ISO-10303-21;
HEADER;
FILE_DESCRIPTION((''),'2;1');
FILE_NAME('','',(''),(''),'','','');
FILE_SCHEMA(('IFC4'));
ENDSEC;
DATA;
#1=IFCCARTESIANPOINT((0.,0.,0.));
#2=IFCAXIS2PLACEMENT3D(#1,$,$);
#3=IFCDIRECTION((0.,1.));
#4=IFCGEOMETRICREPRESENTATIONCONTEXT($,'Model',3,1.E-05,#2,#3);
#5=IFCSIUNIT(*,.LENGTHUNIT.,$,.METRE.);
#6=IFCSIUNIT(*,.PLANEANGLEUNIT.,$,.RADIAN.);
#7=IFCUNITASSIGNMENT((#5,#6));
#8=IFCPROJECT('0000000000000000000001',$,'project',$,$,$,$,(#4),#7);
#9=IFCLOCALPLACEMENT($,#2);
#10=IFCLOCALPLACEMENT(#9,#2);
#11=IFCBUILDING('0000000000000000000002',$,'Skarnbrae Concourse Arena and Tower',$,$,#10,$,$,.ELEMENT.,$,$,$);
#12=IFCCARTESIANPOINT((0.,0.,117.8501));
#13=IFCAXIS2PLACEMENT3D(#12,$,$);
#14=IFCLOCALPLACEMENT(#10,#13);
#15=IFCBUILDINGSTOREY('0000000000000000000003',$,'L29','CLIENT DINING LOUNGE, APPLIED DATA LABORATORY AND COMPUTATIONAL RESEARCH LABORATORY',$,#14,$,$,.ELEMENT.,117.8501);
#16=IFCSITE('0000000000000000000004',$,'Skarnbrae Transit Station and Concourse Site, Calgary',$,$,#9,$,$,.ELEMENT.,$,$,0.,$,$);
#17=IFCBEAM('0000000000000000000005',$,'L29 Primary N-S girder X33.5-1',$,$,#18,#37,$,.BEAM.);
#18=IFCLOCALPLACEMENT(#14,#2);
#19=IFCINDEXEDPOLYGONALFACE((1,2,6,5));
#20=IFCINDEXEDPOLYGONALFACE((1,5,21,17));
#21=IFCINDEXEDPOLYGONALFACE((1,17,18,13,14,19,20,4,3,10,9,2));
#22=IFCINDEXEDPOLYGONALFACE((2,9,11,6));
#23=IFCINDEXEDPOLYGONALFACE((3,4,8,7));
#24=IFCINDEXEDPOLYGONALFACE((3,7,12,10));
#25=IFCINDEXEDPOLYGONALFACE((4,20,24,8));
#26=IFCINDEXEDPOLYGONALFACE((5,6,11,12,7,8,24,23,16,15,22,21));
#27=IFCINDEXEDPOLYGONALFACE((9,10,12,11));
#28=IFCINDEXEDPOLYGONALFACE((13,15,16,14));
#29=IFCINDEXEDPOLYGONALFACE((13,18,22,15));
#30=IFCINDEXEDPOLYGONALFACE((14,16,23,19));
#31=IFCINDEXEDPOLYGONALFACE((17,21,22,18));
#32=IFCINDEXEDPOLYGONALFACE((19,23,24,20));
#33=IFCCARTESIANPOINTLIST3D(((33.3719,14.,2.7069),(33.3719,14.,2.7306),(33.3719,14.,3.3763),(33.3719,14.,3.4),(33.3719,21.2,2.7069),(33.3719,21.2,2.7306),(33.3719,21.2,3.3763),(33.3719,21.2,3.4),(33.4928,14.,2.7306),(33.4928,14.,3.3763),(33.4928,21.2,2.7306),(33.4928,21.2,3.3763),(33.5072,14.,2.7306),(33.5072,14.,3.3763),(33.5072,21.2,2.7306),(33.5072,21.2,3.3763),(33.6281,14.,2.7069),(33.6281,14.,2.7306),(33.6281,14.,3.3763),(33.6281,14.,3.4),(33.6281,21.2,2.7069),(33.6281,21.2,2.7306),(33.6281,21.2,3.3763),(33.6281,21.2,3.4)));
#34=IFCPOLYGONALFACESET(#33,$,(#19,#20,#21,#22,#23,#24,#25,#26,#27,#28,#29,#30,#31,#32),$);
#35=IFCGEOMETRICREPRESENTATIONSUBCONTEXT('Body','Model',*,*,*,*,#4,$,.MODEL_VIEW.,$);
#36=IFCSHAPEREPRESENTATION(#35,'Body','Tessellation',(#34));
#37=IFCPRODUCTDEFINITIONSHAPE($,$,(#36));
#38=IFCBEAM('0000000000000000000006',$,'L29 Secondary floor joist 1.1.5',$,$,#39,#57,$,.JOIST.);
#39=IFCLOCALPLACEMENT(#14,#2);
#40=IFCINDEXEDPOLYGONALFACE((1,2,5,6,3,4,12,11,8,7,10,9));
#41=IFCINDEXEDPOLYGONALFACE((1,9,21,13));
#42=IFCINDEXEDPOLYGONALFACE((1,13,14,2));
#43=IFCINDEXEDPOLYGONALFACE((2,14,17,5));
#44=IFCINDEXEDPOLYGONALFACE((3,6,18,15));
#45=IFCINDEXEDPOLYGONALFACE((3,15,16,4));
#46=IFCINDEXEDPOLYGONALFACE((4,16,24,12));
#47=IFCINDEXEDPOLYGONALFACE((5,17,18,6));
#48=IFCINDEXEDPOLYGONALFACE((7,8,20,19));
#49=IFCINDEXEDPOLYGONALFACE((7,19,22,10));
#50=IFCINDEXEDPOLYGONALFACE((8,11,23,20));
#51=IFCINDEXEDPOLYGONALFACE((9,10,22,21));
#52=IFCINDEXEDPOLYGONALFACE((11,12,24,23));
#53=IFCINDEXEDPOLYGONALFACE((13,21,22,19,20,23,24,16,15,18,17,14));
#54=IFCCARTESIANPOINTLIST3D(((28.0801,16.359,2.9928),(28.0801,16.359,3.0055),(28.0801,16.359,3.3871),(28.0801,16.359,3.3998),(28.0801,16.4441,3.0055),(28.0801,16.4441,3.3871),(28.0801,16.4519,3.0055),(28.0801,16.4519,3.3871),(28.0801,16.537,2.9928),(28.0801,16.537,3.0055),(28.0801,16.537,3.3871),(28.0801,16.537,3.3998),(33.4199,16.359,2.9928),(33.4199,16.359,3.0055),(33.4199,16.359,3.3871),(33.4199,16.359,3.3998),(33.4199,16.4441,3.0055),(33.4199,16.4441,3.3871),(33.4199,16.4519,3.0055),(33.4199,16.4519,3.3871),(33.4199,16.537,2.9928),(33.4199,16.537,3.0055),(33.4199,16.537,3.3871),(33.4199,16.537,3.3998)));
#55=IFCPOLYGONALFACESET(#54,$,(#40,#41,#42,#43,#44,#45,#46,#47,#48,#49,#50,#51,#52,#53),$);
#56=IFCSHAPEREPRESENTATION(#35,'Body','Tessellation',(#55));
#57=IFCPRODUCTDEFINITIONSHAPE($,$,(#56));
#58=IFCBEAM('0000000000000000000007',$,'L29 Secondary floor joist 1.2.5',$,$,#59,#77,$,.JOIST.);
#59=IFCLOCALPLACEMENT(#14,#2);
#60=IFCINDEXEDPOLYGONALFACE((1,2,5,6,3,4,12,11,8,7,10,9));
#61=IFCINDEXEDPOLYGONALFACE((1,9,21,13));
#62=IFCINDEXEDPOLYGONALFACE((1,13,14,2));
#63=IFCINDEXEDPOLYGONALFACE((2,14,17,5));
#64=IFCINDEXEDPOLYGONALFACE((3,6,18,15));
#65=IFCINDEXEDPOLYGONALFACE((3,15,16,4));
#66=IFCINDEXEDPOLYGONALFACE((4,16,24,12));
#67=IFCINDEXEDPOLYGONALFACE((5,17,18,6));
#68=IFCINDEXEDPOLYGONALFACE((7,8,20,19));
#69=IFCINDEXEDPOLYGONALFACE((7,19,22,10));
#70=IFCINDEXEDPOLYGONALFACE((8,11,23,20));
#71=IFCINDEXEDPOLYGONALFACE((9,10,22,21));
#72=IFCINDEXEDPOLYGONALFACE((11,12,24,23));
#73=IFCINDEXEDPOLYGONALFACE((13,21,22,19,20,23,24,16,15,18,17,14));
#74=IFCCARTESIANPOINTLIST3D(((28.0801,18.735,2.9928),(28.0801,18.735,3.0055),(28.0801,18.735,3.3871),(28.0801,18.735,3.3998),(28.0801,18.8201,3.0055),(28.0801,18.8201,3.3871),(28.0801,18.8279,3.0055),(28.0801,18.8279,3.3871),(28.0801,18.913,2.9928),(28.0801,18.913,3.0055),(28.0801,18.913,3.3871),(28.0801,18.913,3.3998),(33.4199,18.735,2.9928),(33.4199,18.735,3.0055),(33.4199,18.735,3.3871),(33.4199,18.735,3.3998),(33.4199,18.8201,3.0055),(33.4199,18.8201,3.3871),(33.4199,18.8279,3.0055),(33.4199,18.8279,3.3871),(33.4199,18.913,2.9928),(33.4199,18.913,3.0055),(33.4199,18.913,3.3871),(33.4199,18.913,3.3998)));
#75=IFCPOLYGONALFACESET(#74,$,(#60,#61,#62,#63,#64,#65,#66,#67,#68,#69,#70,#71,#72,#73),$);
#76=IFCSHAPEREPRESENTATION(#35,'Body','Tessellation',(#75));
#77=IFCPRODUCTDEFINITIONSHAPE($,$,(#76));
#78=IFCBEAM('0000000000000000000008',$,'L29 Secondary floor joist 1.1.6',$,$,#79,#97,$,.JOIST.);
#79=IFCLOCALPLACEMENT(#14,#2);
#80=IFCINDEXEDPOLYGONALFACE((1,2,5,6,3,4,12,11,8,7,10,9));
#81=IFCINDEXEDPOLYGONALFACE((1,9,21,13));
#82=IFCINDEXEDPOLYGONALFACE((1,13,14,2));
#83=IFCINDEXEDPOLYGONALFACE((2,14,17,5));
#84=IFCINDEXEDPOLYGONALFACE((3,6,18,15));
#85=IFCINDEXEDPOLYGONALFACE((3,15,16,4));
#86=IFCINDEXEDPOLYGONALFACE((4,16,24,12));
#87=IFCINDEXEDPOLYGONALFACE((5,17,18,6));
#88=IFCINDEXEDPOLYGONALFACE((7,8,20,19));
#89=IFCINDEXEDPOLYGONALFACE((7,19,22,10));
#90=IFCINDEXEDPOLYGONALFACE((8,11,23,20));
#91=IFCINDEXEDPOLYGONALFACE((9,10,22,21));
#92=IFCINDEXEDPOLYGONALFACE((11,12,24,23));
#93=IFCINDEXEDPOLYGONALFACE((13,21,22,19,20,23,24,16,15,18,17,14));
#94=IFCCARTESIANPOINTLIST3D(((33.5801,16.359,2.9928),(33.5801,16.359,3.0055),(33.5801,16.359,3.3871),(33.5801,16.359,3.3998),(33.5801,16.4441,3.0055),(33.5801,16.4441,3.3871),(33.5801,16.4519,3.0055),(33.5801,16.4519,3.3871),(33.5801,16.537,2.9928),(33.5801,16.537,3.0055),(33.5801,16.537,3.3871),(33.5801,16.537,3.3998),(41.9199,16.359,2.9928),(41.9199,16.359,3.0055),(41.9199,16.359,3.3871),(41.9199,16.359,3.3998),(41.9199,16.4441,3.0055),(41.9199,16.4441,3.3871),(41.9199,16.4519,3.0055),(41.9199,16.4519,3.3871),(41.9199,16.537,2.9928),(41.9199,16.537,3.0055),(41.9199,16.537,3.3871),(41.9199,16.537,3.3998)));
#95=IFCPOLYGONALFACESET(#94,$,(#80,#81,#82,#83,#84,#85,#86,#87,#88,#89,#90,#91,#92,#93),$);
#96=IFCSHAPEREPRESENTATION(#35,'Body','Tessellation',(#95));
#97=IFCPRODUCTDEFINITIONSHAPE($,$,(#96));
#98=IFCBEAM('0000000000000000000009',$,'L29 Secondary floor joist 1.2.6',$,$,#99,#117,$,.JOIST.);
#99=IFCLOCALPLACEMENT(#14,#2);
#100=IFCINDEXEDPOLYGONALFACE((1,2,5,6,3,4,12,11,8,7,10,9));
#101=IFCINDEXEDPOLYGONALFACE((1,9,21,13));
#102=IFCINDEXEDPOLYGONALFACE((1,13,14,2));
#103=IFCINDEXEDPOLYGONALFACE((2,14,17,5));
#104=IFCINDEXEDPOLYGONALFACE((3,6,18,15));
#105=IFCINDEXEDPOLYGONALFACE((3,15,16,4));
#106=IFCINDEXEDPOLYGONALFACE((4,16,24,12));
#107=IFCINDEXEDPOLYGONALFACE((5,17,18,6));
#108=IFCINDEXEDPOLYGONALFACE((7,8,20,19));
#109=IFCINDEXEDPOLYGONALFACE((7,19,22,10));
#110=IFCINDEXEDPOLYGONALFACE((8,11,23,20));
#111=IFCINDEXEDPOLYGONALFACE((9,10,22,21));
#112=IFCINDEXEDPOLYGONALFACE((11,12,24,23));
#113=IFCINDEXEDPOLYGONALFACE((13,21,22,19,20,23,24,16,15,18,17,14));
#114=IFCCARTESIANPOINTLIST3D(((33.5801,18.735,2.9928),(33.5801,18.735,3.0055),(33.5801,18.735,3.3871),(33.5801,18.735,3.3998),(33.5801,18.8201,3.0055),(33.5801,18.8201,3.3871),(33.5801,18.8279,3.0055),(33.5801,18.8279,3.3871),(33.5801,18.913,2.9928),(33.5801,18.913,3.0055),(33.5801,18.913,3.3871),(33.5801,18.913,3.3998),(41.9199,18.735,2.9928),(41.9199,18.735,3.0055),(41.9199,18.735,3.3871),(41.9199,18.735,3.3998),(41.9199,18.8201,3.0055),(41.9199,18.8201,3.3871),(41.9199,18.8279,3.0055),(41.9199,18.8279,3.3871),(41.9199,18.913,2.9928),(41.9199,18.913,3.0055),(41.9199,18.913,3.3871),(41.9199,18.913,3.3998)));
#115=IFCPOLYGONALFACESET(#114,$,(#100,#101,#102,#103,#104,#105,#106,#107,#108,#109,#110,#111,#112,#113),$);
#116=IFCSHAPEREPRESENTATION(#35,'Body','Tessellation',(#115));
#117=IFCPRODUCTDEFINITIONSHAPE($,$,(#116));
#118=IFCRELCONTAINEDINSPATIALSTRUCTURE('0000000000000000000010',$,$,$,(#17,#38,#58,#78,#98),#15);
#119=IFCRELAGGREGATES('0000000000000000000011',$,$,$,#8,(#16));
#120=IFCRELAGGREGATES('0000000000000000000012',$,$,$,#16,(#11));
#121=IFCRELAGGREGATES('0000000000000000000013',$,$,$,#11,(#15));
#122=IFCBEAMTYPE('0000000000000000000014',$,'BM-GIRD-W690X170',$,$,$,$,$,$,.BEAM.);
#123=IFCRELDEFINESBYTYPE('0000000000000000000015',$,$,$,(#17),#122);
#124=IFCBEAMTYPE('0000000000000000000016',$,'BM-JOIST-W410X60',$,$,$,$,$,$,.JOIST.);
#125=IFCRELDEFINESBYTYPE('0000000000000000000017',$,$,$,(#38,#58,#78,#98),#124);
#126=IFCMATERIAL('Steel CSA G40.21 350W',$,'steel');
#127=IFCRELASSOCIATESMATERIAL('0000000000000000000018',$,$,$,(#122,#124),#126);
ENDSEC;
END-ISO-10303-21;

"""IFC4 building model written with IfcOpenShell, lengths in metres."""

from ifc_helpers import new_model, si_unit, direction, frame, origin, origin_2d, place, context, subcontext, project, spatial, i_section, extrude, source, transform, mapped, material, material_profile, profile_set, type_object, element, save


model = new_model("IFC4")

# Units and contexts
model_context = context("Model", 3, precision=1e-05, world=origin(), true_north=direction((0.0, 1.0)))
body_context = subcontext(model_context, "Body", "Model", "MODEL_VIEW")
ifc_project = project(units=[si_unit("LENGTHUNIT", "METRE"), si_unit("PLANEANGLEUNIT", "RADIAN")], contexts=[model_context])

# Site, building, storey
site_placement = place(None, origin())
site = spatial("IfcSite", under=ifc_project, at=site_placement, Name="Skarnbrae Transit Station and Concourse Site, Calgary", CompositionType="ELEMENT", RefElevation=0.0)
building_placement = place(site_placement, origin())
building = spatial("IfcBuilding", under=site, at=building_placement, Name="Skarnbrae Concourse Arena and Tower", CompositionType="ELEMENT")
storey_placement = place(building_placement, frame((0.0, 0.0, 117.8501)))
storey = spatial("IfcBuildingStorey", under=building, at=storey_placement, Name="L29", Description="CLIENT DINING LOUNGE, APPLIED DATA LABORATORY AND COMPUTATIONAL RESEARCH LABORATORY", CompositionType="ELEMENT", Elevation=117.8501)

# Shared definitions
ifc_material_1 = material(Name="Steel CSA G40.21 350W", Category="steel")

# Beams
ifc_material_profile_1 = material_profile(ifc_material_1, i_section(OverallWidth=0.2561, OverallDepth=0.6931, WebThickness=0.0144, FlangeThickness=0.0237, at=origin_2d()), Name="W690X170")
ifc_profile_set_1 = profile_set([ifc_material_profile_1], Name="Steel CSA G40.21 350W")
beam_type_1 = type_object("IfcBeamType", Name="BM-GIRD-W690X170", PredefinedType="BEAM", material=ifc_profile_set_1)
shared_shape_1 = source(origin(), body_context, "Body", "SweptSolid", [
    extrude(i_section(OverallWidth=0.2561, OverallDepth=0.6931, WebThickness=0.0144, FlangeThickness=0.0237, at=origin_2d()), origin(), (0.0, 0.0, 1.0), 7.2),
])
for number, where, z_axis, x_axis, name in (
    (1, (33.5, 14.0, 3.0535), (0.0, 1.0, 0.0), (-1.0, 0.0, 0.0), "L29 Primary N-S girder X33.5-1"),
):
    element("IfcBeam", number, at=place(storey_placement, frame(where, z_axis=z_axis, x_axis=x_axis)), inside=storey, type_object=beam_type_1, Name=name, PredefinedType="BEAM", context=body_context, shape_type="MappedRepresentation", body=[
        mapped(shared_shape_1, transform((0.0, 0.0, 0.0))),
    ])
ifc_material_profile_2 = material_profile(ifc_material_1, i_section(OverallWidth=0.178, OverallDepth=0.407, WebThickness=0.0078, FlangeThickness=0.0127, at=origin_2d()), Name="W410X60")
ifc_profile_set_2 = profile_set([ifc_material_profile_2], Name="Steel CSA G40.21 350W")
beam_type_2 = type_object("IfcBeamType", Name="BM-JOIST-W410X60", PredefinedType="JOIST", material=ifc_profile_set_2)
shared_shape_2 = source(origin(), body_context, "Body", "SweptSolid", [
    extrude(i_section(OverallWidth=0.178, OverallDepth=0.407, WebThickness=0.0078, FlangeThickness=0.0127, at=origin_2d()), origin(), (0.0, 0.0, 1.0), 5.3398),
])
for number, where, z_axis, x_axis, name in (
    (2, (28.0801, 16.448, 3.1963), (1.0, 0.0, 0.0), (0.0, 1.0, 0.0), "L29 Secondary floor joist 1.1.5"),
    (3, (28.0801, 18.824, 3.1963), (1.0, 0.0, 0.0), (0.0, 1.0, 0.0), "L29 Secondary floor joist 1.2.5"),
):
    element("IfcBeam", number, at=place(storey_placement, frame(where, z_axis=z_axis, x_axis=x_axis)), inside=storey, type_object=beam_type_2, Name=name, PredefinedType="JOIST", context=body_context, shape_type="MappedRepresentation", body=[
        mapped(shared_shape_2, transform((0.0, 0.0, 0.0))),
    ])
shared_shape_3 = source(origin(), body_context, "Body", "SweptSolid", [
    extrude(i_section(OverallWidth=0.178, OverallDepth=0.407, WebThickness=0.0078, FlangeThickness=0.0127, at=origin_2d()), origin(), (0.0, 0.0, 1.0), 8.3398),
])
for number, where, z_axis, x_axis, name in (
    (4, (33.5801, 16.448, 3.1963), (1.0, 0.0, 0.0), (0.0, 1.0, 0.0), "L29 Secondary floor joist 1.1.6"),
    (5, (33.5801, 18.824, 3.1963), (1.0, 0.0, 0.0), (0.0, 1.0, 0.0), "L29 Secondary floor joist 1.2.6"),
):
    element("IfcBeam", number, at=place(storey_placement, frame(where, z_axis=z_axis, x_axis=x_axis)), inside=storey, type_object=beam_type_2, Name=name, PredefinedType="JOIST", context=body_context, shape_type="MappedRepresentation", body=[
        mapped(shared_shape_3, transform((0.0, 0.0, 0.0))),
    ])

save(model, "model.ifc")
